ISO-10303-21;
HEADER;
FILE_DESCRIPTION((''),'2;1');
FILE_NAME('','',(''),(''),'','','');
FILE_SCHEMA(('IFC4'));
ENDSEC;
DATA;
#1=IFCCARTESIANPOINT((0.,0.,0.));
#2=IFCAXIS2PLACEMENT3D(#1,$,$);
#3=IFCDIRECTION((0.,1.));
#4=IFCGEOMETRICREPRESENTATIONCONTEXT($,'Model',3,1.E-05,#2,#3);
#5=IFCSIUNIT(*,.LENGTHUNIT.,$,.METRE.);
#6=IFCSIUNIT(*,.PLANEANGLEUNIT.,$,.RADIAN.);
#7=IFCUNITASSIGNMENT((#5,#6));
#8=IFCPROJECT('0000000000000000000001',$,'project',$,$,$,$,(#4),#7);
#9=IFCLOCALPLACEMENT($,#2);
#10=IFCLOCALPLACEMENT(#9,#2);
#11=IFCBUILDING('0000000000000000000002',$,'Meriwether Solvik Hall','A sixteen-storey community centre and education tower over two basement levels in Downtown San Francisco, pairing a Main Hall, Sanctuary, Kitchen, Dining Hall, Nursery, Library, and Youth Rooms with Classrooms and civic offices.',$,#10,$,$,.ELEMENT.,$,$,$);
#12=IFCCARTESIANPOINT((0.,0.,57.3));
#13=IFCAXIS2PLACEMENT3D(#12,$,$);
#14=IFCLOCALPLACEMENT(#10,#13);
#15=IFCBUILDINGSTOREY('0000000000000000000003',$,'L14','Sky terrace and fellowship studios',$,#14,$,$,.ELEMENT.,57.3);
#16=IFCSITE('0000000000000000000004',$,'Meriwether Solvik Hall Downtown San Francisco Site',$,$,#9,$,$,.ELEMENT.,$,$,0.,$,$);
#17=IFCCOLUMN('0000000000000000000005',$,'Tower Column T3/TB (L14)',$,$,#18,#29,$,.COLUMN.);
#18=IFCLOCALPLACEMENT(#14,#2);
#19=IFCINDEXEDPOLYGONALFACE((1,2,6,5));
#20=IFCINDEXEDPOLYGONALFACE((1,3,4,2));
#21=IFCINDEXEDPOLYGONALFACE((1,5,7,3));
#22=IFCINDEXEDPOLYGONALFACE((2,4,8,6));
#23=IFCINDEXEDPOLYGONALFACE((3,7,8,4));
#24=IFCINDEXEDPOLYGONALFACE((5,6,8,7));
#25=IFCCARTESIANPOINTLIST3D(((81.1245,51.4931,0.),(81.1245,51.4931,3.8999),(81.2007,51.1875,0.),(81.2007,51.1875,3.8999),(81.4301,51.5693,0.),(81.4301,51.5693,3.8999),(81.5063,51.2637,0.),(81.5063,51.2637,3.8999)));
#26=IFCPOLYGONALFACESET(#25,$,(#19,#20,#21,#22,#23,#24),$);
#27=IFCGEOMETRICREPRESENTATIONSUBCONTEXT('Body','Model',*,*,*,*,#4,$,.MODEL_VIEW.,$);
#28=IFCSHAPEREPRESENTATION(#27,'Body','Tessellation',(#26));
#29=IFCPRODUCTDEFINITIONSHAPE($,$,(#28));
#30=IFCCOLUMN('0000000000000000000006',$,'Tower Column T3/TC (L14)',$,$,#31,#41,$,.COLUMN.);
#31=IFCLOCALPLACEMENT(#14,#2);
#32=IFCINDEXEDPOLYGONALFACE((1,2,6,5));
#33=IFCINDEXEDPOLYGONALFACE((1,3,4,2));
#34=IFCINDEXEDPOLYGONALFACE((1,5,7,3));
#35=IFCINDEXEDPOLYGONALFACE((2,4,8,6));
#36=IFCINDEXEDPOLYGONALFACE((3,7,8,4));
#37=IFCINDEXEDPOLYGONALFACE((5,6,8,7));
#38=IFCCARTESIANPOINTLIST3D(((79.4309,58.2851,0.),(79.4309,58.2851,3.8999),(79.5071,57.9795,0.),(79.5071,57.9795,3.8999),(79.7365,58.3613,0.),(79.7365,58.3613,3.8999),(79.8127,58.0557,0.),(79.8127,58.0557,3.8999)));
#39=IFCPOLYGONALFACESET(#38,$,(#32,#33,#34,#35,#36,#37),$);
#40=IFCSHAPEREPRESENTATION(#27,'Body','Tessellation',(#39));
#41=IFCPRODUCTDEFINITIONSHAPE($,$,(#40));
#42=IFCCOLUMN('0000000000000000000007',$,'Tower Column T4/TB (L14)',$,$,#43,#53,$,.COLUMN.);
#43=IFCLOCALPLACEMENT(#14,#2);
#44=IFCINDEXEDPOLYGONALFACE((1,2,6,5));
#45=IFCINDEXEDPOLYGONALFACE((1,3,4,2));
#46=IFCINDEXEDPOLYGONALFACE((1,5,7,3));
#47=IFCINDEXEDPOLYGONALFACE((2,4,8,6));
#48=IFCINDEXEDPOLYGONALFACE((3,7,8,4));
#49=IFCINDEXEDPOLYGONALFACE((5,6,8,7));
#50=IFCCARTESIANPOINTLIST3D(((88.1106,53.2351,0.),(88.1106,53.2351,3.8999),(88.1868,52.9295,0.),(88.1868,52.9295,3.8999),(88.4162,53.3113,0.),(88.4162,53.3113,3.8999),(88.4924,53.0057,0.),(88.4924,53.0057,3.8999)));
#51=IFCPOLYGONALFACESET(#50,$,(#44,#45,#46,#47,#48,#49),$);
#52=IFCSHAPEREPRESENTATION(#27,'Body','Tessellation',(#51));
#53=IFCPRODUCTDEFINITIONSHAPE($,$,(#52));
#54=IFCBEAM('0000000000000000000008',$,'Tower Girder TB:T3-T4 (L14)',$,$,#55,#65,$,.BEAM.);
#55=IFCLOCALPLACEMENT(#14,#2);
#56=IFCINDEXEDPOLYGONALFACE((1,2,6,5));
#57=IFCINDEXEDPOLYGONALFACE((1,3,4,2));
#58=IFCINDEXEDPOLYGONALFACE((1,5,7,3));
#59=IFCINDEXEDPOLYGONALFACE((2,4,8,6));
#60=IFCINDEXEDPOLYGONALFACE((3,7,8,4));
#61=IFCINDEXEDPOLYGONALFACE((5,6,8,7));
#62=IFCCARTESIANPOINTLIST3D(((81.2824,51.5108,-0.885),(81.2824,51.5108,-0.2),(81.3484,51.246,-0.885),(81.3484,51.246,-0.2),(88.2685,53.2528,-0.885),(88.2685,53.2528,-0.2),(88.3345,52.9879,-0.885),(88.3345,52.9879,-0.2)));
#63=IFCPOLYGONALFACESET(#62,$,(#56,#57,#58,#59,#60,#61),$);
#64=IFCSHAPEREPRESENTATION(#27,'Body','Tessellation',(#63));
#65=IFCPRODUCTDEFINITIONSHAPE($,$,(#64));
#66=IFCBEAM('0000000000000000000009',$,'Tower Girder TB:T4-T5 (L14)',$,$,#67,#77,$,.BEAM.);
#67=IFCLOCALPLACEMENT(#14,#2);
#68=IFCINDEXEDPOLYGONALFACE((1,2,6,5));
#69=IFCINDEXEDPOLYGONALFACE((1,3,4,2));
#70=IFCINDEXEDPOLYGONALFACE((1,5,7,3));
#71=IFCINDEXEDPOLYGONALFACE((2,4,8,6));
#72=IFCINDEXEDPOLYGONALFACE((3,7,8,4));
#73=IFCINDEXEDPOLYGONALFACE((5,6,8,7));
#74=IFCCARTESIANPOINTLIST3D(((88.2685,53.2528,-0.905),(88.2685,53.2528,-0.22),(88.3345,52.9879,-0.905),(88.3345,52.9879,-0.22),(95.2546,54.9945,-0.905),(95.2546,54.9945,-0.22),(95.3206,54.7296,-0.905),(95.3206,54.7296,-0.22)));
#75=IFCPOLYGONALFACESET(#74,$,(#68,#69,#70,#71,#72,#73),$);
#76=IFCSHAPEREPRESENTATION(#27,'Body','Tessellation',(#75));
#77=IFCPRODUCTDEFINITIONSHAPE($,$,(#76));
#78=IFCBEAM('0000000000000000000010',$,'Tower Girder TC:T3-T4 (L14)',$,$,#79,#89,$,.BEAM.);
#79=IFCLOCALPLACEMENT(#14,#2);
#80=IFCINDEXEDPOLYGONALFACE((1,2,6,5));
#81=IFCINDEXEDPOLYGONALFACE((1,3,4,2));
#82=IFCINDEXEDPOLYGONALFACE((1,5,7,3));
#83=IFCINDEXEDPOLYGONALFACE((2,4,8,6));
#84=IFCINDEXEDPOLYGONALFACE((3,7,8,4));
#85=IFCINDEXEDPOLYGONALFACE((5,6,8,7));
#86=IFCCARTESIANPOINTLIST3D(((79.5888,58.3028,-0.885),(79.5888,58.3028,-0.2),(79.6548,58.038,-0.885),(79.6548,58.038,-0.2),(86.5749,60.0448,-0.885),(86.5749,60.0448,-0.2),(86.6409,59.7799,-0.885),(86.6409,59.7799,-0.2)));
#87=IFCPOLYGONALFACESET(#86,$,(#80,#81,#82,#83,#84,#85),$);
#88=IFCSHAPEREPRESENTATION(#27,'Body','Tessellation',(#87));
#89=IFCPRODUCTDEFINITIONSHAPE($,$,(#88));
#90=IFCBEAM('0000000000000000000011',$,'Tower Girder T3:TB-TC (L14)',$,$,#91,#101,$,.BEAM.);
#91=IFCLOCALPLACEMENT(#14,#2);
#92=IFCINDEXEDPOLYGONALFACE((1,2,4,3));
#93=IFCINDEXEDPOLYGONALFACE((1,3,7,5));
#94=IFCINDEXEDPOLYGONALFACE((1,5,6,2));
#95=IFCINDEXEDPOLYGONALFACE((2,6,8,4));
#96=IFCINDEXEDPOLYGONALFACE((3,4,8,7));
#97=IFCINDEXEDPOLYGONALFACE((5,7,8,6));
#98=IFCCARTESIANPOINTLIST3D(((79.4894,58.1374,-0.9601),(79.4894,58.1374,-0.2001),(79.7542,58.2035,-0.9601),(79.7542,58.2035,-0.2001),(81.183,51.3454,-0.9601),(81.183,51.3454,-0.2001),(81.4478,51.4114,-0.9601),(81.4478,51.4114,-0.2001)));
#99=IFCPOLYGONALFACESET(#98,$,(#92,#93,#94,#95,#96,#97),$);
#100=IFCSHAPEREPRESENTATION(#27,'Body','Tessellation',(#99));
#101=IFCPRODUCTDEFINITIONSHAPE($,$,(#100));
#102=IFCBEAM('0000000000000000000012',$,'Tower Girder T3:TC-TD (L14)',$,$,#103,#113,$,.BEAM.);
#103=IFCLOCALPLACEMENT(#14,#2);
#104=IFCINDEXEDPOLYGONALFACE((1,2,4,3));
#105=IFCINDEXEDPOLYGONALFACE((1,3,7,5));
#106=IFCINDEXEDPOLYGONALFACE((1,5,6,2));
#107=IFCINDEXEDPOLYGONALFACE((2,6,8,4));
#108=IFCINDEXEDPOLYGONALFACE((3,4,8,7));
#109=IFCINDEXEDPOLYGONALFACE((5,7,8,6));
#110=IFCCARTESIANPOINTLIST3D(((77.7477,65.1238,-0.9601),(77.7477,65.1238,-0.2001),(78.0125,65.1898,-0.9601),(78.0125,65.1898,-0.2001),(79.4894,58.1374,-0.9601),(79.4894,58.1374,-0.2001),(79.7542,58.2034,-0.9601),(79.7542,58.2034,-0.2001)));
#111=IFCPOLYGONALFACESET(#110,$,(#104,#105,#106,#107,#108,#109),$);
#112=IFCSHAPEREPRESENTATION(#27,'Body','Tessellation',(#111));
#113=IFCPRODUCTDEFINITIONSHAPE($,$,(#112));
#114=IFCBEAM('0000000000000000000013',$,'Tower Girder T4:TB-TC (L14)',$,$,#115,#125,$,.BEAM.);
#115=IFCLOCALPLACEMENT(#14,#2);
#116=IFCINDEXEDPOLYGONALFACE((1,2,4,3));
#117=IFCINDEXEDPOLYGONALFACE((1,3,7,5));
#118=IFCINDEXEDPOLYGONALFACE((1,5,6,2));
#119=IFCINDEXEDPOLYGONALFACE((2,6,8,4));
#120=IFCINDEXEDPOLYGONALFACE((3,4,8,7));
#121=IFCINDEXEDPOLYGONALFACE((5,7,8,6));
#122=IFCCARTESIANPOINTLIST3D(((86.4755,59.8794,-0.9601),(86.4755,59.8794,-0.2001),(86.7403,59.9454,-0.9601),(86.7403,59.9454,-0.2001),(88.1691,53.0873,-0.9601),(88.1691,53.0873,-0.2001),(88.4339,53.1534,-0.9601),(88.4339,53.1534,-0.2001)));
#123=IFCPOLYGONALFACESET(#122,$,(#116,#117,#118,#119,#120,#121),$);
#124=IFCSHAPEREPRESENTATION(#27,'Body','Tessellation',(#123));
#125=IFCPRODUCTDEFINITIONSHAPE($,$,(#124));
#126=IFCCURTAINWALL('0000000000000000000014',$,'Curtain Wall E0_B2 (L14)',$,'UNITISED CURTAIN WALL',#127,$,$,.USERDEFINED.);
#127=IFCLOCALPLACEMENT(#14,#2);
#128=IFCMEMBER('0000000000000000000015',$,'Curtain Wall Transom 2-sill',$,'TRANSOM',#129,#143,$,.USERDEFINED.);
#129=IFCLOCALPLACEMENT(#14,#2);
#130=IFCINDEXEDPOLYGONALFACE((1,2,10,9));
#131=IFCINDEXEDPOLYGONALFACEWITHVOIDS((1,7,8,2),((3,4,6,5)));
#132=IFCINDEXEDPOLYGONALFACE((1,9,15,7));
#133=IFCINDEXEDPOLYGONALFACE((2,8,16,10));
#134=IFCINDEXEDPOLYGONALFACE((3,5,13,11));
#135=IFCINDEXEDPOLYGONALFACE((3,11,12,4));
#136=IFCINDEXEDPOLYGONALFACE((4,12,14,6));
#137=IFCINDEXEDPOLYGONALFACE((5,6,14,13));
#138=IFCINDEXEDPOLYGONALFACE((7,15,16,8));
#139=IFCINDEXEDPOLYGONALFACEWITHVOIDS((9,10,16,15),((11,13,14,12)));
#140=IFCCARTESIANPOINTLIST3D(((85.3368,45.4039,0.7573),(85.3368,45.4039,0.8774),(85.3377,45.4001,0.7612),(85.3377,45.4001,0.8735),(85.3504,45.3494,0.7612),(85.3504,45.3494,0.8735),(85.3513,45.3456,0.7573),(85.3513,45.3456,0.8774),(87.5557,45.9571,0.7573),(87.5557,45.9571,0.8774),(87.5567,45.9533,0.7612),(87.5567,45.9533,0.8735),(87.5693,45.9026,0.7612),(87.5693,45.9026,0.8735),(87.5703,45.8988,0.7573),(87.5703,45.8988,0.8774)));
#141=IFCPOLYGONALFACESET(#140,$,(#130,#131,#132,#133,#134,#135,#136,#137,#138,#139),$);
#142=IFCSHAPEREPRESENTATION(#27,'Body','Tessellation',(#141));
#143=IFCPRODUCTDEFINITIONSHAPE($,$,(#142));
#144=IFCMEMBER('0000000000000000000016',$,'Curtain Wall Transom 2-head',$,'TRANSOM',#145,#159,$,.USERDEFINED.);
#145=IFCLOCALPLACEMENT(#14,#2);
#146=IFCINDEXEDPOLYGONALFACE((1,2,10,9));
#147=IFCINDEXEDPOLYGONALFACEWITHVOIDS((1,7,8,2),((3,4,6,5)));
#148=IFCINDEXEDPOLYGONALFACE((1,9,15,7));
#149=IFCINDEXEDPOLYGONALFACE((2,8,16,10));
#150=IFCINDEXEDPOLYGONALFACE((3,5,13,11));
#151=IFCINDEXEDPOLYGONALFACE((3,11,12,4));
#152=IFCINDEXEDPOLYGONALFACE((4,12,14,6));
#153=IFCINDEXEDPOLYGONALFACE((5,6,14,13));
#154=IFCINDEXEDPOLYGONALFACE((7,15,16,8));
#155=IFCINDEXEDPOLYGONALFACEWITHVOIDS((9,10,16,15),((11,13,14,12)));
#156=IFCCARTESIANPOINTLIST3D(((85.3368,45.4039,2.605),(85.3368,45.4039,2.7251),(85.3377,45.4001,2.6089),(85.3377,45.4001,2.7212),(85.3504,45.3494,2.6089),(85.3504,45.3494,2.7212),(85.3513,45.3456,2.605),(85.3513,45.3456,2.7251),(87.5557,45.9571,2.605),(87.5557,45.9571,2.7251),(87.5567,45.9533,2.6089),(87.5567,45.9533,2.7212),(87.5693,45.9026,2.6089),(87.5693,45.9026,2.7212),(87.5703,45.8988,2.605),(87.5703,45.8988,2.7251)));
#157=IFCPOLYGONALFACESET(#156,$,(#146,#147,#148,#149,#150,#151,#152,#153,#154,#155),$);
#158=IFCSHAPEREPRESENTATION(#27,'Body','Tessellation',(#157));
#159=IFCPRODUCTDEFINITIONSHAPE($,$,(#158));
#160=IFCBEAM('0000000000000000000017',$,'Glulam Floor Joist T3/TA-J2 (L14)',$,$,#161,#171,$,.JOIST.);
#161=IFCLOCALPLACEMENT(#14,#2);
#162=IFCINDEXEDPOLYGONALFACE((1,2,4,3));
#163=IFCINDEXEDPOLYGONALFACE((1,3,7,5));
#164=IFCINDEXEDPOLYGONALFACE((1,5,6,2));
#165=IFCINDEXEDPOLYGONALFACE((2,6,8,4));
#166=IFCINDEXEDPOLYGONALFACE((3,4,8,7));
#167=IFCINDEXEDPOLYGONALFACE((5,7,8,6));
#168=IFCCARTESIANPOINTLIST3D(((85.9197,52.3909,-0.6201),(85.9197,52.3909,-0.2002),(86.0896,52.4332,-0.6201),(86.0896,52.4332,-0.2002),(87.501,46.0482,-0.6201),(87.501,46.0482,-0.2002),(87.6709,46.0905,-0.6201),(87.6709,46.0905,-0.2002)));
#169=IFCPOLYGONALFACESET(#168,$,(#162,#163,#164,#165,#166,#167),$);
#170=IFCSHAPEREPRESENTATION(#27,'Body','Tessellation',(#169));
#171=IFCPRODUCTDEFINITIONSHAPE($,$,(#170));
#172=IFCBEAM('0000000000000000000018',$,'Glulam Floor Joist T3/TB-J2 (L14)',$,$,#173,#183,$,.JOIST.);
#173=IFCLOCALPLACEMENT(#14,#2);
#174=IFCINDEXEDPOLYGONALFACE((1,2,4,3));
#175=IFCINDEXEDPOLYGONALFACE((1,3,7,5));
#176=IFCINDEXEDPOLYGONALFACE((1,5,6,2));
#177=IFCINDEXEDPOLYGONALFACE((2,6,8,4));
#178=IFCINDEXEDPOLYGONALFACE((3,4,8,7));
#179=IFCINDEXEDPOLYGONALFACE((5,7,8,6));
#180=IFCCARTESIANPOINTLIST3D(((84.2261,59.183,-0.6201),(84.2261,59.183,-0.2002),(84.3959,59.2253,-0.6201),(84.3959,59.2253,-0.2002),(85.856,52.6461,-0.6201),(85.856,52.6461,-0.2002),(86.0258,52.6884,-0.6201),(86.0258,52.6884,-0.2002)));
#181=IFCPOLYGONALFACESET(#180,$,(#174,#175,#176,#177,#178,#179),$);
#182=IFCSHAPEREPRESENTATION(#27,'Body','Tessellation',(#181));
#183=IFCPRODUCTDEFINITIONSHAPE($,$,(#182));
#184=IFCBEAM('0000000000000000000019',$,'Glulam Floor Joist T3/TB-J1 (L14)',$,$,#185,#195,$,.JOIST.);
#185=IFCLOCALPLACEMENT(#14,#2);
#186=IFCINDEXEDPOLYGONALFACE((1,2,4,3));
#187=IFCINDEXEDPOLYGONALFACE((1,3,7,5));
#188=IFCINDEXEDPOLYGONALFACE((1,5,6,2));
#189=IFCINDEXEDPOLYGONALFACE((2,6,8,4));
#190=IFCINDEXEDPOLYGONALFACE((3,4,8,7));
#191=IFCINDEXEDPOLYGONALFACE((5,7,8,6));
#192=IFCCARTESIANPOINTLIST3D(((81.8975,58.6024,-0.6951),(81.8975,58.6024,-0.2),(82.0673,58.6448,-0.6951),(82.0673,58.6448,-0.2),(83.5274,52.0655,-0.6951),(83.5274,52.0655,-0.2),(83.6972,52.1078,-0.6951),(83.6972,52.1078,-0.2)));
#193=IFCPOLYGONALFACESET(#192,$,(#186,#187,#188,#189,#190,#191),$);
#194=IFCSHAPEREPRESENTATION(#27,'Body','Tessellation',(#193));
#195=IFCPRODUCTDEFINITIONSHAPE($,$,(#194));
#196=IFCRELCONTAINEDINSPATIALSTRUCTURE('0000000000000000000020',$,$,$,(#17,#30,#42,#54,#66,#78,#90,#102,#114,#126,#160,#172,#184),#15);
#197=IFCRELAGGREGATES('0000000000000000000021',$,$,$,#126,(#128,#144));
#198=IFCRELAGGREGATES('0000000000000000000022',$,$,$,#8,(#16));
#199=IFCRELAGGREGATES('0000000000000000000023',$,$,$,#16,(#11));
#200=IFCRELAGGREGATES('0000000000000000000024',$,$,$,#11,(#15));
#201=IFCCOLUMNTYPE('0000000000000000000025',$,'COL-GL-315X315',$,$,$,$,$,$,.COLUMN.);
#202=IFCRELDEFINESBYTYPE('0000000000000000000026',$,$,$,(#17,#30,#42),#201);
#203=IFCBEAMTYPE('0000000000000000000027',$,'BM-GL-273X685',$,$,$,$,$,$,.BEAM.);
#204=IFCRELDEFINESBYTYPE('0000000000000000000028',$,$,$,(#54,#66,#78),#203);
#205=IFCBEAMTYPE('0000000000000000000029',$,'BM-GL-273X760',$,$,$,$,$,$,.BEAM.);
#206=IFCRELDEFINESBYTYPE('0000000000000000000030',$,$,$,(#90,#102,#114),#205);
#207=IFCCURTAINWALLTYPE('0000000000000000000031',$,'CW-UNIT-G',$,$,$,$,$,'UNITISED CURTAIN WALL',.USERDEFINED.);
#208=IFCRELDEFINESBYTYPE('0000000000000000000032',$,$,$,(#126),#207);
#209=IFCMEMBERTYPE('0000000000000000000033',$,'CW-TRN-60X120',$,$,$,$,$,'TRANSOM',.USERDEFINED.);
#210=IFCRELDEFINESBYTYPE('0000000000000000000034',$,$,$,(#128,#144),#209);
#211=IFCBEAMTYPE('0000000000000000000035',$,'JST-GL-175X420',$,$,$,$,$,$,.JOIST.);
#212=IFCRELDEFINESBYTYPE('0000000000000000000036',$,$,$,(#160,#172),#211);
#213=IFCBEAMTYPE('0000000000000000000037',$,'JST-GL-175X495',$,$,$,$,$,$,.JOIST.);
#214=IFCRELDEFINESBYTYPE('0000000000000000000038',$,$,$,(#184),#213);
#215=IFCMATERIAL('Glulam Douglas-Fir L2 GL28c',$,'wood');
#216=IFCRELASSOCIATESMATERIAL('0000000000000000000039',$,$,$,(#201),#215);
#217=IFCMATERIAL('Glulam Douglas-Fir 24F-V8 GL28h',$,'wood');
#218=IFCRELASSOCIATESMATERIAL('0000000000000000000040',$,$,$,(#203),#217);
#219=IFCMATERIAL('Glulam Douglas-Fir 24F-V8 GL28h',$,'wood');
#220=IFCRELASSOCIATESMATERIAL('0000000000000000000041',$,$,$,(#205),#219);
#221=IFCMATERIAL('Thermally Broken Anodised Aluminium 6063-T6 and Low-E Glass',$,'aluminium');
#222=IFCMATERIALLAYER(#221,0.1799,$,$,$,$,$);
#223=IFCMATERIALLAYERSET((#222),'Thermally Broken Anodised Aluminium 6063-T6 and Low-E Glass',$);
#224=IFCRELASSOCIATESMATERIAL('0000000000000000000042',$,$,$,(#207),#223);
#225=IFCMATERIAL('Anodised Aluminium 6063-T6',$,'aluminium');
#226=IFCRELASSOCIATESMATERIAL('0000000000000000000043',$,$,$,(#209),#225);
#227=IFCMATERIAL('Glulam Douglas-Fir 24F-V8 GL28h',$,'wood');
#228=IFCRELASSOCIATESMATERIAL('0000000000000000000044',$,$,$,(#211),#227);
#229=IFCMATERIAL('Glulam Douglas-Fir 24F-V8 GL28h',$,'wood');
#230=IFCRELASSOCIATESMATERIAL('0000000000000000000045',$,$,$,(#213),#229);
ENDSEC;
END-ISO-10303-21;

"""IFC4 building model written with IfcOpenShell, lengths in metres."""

from ifc_helpers import new_model, si_unit, direction, frame, origin, origin_2d, place, context, subcontext, project, spatial, rectangle, hollow_rectangle, extrude, material, layer, layer_set, material_profile, profile_set, type_object, element, aggregate, save


model = new_model("IFC4")

# Units and contexts
model_context = context("Model", 3, precision=1e-05, world=origin(), true_north=direction((0.0, 1.0)))
body_context = subcontext(model_context, "Body", "Model", "MODEL_VIEW")
ifc_project = project(units=[si_unit("LENGTHUNIT", "METRE"), si_unit("PLANEANGLEUNIT", "RADIAN")], contexts=[model_context])

# Site, building, storey
site_placement = place(None, origin())
site = spatial("IfcSite", under=ifc_project, at=site_placement, Name="Meriwether Solvik Hall Downtown San Francisco Site", CompositionType="ELEMENT", RefElevation=0.0)
building_placement = place(site_placement, origin())
building = spatial("IfcBuilding", under=site, at=building_placement, Name="Meriwether Solvik Hall", Description="A sixteen-storey community centre and education tower over two basement levels in Downtown San Francisco, pairing a Main Hall, Sanctuary, Kitchen, Dining Hall, Nursery, Library, and Youth Rooms with Classrooms and civic offices.", CompositionType="ELEMENT")
storey_placement = place(building_placement, frame((0.0, 0.0, 57.3)))
storey = spatial("IfcBuildingStorey", under=building, at=storey_placement, Name="L14", Description="Sky terrace and fellowship studios", CompositionType="ELEMENT", Elevation=57.3)

# Columns
ifc_material_1 = material(Name="Glulam Douglas-Fir L2 GL28c", Category="wood")
ifc_material_profile_1 = material_profile(ifc_material_1, rectangle(XDim=0.3149, YDim=0.3149, at=origin_2d()), Name="GLC-315X315")
ifc_profile_set_1 = profile_set([ifc_material_profile_1], Name="Glulam Douglas-Fir L2 GL28c")
column_type = type_object("IfcColumnType", Name="COL-GL-315X315", PredefinedType="COLUMN", material=ifc_profile_set_1)
for number, where, z_axis, x_axis, name in (
    (1, (81.3154, 51.3784, 0.0), (0.0, 0.0, 1.0), (0.970296, 0.241922, 0.0), "Tower Column T3/TB (L14)"),
    (2, (79.6218, 58.1704, 0.0), (0.0, 0.0, 1.0), (0.970296, 0.241922, 0.0), "Tower Column T3/TC (L14)"),
    (3, (88.3015, 53.1204, 0.0), (0.0, 0.0, 1.0), (0.970296, 0.241922, 0.0), "Tower Column T4/TB (L14)"),
):
    element("IfcColumn", number, at=place(storey_placement, frame(where, z_axis=z_axis, x_axis=x_axis)), inside=storey, type_object=column_type, Name=name, PredefinedType="COLUMN", context=body_context, shape_type="SweptSolid", body=[
        extrude(rectangle(XDim=0.3149, YDim=0.3149, at=origin_2d()), origin(), (0.0, 0.0, 1.0), 3.8999),
    ])

# Beams
ifc_material_2 = material(Name="Glulam Douglas-Fir 24F-V8 GL28h", Category="wood")
ifc_material_profile_2 = material_profile(ifc_material_2, rectangle(XDim=0.2729, YDim=0.6851, at=origin_2d()), Name="GLB-273X685")
ifc_profile_set_2 = profile_set([ifc_material_profile_2], Name="Glulam Douglas-Fir 24F-V8 GL28h")
beam_type_1 = type_object("IfcBeamType", Name="BM-GL-273X685", PredefinedType="BEAM", material=ifc_profile_set_2)
for number, where, z_axis, x_axis, name in (
    (4, (81.3154, 51.3784, -0.5425), (0.970292, 0.241937, 0.0), (-0.241937, 0.970292, 0.0), "Tower Girder TB:T3-T4 (L14)"),
    (5, (88.3015, 53.1204, -0.5625), (0.9703, 0.241905, 0.0), (-0.241905, 0.9703, 0.0), "Tower Girder TB:T4-T5 (L14)"),
    (6, (79.6218, 58.1704, -0.5425), (0.970292, 0.241937, 0.0), (-0.241937, 0.970292, 0.0), "Tower Girder TC:T3-T4 (L14)"),
):
    element("IfcBeam", number, at=place(storey_placement, frame(where, z_axis=z_axis, x_axis=x_axis)), inside=storey, type_object=beam_type_1, Name=name, PredefinedType="BEAM", context=body_context, shape_type="SweptSolid", body=[
        extrude(rectangle(XDim=0.2729, YDim=0.6851, at=origin_2d()), origin(), (0.0, 0.0, 1.0), 7.2),
    ])
ifc_material_3 = material(Name="Glulam Douglas-Fir 24F-V8 GL28h", Category="wood")
ifc_material_profile_3 = material_profile(ifc_material_3, rectangle(XDim=0.2729, YDim=0.76, at=origin_2d()), Name="GLB-273X760")
ifc_profile_set_3 = profile_set([ifc_material_profile_3], Name="Glulam Douglas-Fir 24F-V8 GL28h")
beam_type_2 = type_object("IfcBeamType", Name="BM-GL-273X760", PredefinedType="BEAM", material=ifc_profile_set_3)
beam_1_placement = place(storey_placement, frame((81.3154, 51.3784, -0.5801), z_axis=(-0.241945, 0.97029, 0.0), x_axis=(-0.97029, -0.241945, 0.0)))
element("IfcBeam", 7, at=beam_1_placement, inside=storey, type_object=beam_type_2, Name="Tower Girder T3:TB-TC (L14)", PredefinedType="BEAM", context=body_context, shape_type="SweptSolid", body=[
    extrude(rectangle(XDim=0.2729, YDim=0.76, at=origin_2d()), origin(), (0.0, 0.0, 1.0), 7.0),
])
beam_2_placement = place(storey_placement, frame((79.6218, 58.1704, -0.5801), z_axis=(-0.241897, 0.970302, 0.0), x_axis=(-0.970302, -0.241897, 0.0)))
element("IfcBeam", 8, at=beam_2_placement, inside=storey, type_object=beam_type_2, Name="Tower Girder T3:TC-TD (L14)", PredefinedType="BEAM", context=body_context, shape_type="SweptSolid", body=[
    extrude(rectangle(XDim=0.2729, YDim=0.76, at=origin_2d()), origin(), (0.0, 0.0, 1.0), 7.2002),
])
beam_3_placement = place(storey_placement, frame((88.3015, 53.1204, -0.5801), z_axis=(-0.241945, 0.97029, 0.0), x_axis=(-0.97029, -0.241945, 0.0)))
element("IfcBeam", 9, at=beam_3_placement, inside=storey, type_object=beam_type_2, Name="Tower Girder T4:TB-TC (L14)", PredefinedType="BEAM", context=body_context, shape_type="SweptSolid", body=[
    extrude(rectangle(XDim=0.2729, YDim=0.76, at=origin_2d()), origin(), (0.0, 0.0, 1.0), 7.0),
])

# Curtain wall, members
ifc_material_4 = material(Name="Thermally Broken Anodised Aluminium 6063-T6 and Low-E Glass", Category="aluminium")
ifc_layer_1 = layer(ifc_material_4, 0.1799)
ifc_layer_set_1 = layer_set([ifc_layer_1], Name="Thermally Broken Anodised Aluminium 6063-T6 and Low-E Glass")
curtain_wall_type = type_object("IfcCurtainWallType", Name="CW-UNIT-G", ElementType="UNITISED CURTAIN WALL", PredefinedType="USERDEFINED", material=ifc_layer_set_1)
curtain_wall_placement = place(storey_placement, origin())
curtain_wall = element("IfcCurtainWall", 10, at=curtain_wall_placement, inside=storey, type_object=curtain_wall_type, Name="Curtain Wall E0_B2 (L14)", ObjectType="UNITISED CURTAIN WALL", PredefinedType="USERDEFINED")
ifc_material_5 = material(Name="Anodised Aluminium 6063-T6", Category="aluminium")
ifc_material_profile_4 = material_profile(ifc_material_5, hollow_rectangle(XDim=0.0601, YDim=0.1201, WallThickness=0.0039, at=origin_2d()), Name="CWT-60X120")
ifc_profile_set_4 = profile_set([ifc_material_profile_4], Name="Anodised Aluminium 6063-T6")
member_type_1 = type_object("IfcMemberType", Name="CW-TRN-60X120", ElementType="TRANSOM", PredefinedType="USERDEFINED", material=ifc_profile_set_4)
member_1_placement = place(storey_placement, frame((87.563, 45.928, 0.8174), z_axis=(-0.970299, -0.241908, 0.0), x_axis=(0.241908, -0.970299, 0.0)))
member_1 = element("IfcMember", 11, at=member_1_placement, type_object=member_type_1, Name="Curtain Wall Transom 2-sill", ObjectType="TRANSOM", PredefinedType="USERDEFINED", context=body_context, shape_type="SweptSolid", body=[
    extrude(hollow_rectangle(XDim=0.0601, YDim=0.1201, WallThickness=0.0039, at=origin_2d()), origin(), (0.0, 0.0, 1.0), 2.2869),
])
member_2_placement = place(storey_placement, frame((87.563, 45.928, 2.665), z_axis=(-0.970299, -0.241908, 0.0), x_axis=(0.241908, -0.970299, 0.0)))
member_2 = element("IfcMember", 12, at=member_2_placement, type_object=member_type_1, Name="Curtain Wall Transom 2-head", ObjectType="TRANSOM", PredefinedType="USERDEFINED", context=body_context, shape_type="SweptSolid", body=[
    extrude(hollow_rectangle(XDim=0.0601, YDim=0.1201, WallThickness=0.0039, at=origin_2d()), origin(), (0.0, 0.0, 1.0), 2.2869),
])
aggregate(curtain_wall, [member_1, member_2])

# Beams
ifc_material_6 = material(Name="Glulam Douglas-Fir 24F-V8 GL28h", Category="wood")
ifc_material_profile_5 = material_profile(ifc_material_6, rectangle(XDim=0.175, YDim=0.4199, at=origin_2d()), Name="GLJ-175X420")
ifc_profile_set_5 = profile_set([ifc_material_profile_5], Name="Glulam Douglas-Fir 24F-V8 GL28h")
beam_type_3 = type_object("IfcBeamType", Name="JST-GL-175X420", PredefinedType="JOIST", material=ifc_profile_set_5)
beam_4_placement = place(storey_placement, frame((87.5859, 46.0693, -0.4102), z_axis=(-0.241903, 0.9703, 0.0), x_axis=(-0.9703, -0.241903, 0.0)))
element("IfcBeam", 13, at=beam_4_placement, inside=storey, type_object=beam_type_3, Name="Glulam Floor Joist T3/TA-J2 (L14)", PredefinedType="JOIST", context=body_context, shape_type="SweptSolid", body=[
    extrude(rectangle(XDim=0.175, YDim=0.4199, at=origin_2d()), origin(), (0.0, 0.0, 1.0), 6.5369),
])
beam_5_placement = place(storey_placement, frame((85.9409, 52.6672, -0.4102), z_axis=(-0.24193, 0.970294, 0.0), x_axis=(-0.970294, -0.24193, 0.0)))
element("IfcBeam", 14, at=beam_5_placement, inside=storey, type_object=beam_type_3, Name="Glulam Floor Joist T3/TB-J2 (L14)", PredefinedType="JOIST", context=body_context, shape_type="SweptSolid", body=[
    extrude(rectangle(XDim=0.175, YDim=0.4199, at=origin_2d()), origin(), (0.0, 0.0, 1.0), 6.7371),
])
ifc_material_7 = material(Name="Glulam Douglas-Fir 24F-V8 GL28h", Category="wood")
ifc_material_profile_6 = material_profile(ifc_material_7, rectangle(XDim=0.175, YDim=0.4951, at=origin_2d()), Name="GLJ-175X495")
ifc_profile_set_6 = profile_set([ifc_material_profile_6], Name="Glulam Douglas-Fir 24F-V8 GL28h")
beam_type_4 = type_object("IfcBeamType", Name="JST-GL-175X495", PredefinedType="JOIST", material=ifc_profile_set_6)
beam_6_placement = place(storey_placement, frame((83.6123, 52.0867, -0.4475), z_axis=(-0.24193, 0.970294, 0.0), x_axis=(-0.970294, -0.24193, 0.0)))
element("IfcBeam", 15, at=beam_6_placement, inside=storey, type_object=beam_type_4, Name="Glulam Floor Joist T3/TB-J1 (L14)", PredefinedType="JOIST", context=body_context, shape_type="SweptSolid", body=[
    extrude(rectangle(XDim=0.175, YDim=0.4951, at=origin_2d()), origin(), (0.0, 0.0, 1.0), 6.7371),
])

save(model, "model.ifc")
